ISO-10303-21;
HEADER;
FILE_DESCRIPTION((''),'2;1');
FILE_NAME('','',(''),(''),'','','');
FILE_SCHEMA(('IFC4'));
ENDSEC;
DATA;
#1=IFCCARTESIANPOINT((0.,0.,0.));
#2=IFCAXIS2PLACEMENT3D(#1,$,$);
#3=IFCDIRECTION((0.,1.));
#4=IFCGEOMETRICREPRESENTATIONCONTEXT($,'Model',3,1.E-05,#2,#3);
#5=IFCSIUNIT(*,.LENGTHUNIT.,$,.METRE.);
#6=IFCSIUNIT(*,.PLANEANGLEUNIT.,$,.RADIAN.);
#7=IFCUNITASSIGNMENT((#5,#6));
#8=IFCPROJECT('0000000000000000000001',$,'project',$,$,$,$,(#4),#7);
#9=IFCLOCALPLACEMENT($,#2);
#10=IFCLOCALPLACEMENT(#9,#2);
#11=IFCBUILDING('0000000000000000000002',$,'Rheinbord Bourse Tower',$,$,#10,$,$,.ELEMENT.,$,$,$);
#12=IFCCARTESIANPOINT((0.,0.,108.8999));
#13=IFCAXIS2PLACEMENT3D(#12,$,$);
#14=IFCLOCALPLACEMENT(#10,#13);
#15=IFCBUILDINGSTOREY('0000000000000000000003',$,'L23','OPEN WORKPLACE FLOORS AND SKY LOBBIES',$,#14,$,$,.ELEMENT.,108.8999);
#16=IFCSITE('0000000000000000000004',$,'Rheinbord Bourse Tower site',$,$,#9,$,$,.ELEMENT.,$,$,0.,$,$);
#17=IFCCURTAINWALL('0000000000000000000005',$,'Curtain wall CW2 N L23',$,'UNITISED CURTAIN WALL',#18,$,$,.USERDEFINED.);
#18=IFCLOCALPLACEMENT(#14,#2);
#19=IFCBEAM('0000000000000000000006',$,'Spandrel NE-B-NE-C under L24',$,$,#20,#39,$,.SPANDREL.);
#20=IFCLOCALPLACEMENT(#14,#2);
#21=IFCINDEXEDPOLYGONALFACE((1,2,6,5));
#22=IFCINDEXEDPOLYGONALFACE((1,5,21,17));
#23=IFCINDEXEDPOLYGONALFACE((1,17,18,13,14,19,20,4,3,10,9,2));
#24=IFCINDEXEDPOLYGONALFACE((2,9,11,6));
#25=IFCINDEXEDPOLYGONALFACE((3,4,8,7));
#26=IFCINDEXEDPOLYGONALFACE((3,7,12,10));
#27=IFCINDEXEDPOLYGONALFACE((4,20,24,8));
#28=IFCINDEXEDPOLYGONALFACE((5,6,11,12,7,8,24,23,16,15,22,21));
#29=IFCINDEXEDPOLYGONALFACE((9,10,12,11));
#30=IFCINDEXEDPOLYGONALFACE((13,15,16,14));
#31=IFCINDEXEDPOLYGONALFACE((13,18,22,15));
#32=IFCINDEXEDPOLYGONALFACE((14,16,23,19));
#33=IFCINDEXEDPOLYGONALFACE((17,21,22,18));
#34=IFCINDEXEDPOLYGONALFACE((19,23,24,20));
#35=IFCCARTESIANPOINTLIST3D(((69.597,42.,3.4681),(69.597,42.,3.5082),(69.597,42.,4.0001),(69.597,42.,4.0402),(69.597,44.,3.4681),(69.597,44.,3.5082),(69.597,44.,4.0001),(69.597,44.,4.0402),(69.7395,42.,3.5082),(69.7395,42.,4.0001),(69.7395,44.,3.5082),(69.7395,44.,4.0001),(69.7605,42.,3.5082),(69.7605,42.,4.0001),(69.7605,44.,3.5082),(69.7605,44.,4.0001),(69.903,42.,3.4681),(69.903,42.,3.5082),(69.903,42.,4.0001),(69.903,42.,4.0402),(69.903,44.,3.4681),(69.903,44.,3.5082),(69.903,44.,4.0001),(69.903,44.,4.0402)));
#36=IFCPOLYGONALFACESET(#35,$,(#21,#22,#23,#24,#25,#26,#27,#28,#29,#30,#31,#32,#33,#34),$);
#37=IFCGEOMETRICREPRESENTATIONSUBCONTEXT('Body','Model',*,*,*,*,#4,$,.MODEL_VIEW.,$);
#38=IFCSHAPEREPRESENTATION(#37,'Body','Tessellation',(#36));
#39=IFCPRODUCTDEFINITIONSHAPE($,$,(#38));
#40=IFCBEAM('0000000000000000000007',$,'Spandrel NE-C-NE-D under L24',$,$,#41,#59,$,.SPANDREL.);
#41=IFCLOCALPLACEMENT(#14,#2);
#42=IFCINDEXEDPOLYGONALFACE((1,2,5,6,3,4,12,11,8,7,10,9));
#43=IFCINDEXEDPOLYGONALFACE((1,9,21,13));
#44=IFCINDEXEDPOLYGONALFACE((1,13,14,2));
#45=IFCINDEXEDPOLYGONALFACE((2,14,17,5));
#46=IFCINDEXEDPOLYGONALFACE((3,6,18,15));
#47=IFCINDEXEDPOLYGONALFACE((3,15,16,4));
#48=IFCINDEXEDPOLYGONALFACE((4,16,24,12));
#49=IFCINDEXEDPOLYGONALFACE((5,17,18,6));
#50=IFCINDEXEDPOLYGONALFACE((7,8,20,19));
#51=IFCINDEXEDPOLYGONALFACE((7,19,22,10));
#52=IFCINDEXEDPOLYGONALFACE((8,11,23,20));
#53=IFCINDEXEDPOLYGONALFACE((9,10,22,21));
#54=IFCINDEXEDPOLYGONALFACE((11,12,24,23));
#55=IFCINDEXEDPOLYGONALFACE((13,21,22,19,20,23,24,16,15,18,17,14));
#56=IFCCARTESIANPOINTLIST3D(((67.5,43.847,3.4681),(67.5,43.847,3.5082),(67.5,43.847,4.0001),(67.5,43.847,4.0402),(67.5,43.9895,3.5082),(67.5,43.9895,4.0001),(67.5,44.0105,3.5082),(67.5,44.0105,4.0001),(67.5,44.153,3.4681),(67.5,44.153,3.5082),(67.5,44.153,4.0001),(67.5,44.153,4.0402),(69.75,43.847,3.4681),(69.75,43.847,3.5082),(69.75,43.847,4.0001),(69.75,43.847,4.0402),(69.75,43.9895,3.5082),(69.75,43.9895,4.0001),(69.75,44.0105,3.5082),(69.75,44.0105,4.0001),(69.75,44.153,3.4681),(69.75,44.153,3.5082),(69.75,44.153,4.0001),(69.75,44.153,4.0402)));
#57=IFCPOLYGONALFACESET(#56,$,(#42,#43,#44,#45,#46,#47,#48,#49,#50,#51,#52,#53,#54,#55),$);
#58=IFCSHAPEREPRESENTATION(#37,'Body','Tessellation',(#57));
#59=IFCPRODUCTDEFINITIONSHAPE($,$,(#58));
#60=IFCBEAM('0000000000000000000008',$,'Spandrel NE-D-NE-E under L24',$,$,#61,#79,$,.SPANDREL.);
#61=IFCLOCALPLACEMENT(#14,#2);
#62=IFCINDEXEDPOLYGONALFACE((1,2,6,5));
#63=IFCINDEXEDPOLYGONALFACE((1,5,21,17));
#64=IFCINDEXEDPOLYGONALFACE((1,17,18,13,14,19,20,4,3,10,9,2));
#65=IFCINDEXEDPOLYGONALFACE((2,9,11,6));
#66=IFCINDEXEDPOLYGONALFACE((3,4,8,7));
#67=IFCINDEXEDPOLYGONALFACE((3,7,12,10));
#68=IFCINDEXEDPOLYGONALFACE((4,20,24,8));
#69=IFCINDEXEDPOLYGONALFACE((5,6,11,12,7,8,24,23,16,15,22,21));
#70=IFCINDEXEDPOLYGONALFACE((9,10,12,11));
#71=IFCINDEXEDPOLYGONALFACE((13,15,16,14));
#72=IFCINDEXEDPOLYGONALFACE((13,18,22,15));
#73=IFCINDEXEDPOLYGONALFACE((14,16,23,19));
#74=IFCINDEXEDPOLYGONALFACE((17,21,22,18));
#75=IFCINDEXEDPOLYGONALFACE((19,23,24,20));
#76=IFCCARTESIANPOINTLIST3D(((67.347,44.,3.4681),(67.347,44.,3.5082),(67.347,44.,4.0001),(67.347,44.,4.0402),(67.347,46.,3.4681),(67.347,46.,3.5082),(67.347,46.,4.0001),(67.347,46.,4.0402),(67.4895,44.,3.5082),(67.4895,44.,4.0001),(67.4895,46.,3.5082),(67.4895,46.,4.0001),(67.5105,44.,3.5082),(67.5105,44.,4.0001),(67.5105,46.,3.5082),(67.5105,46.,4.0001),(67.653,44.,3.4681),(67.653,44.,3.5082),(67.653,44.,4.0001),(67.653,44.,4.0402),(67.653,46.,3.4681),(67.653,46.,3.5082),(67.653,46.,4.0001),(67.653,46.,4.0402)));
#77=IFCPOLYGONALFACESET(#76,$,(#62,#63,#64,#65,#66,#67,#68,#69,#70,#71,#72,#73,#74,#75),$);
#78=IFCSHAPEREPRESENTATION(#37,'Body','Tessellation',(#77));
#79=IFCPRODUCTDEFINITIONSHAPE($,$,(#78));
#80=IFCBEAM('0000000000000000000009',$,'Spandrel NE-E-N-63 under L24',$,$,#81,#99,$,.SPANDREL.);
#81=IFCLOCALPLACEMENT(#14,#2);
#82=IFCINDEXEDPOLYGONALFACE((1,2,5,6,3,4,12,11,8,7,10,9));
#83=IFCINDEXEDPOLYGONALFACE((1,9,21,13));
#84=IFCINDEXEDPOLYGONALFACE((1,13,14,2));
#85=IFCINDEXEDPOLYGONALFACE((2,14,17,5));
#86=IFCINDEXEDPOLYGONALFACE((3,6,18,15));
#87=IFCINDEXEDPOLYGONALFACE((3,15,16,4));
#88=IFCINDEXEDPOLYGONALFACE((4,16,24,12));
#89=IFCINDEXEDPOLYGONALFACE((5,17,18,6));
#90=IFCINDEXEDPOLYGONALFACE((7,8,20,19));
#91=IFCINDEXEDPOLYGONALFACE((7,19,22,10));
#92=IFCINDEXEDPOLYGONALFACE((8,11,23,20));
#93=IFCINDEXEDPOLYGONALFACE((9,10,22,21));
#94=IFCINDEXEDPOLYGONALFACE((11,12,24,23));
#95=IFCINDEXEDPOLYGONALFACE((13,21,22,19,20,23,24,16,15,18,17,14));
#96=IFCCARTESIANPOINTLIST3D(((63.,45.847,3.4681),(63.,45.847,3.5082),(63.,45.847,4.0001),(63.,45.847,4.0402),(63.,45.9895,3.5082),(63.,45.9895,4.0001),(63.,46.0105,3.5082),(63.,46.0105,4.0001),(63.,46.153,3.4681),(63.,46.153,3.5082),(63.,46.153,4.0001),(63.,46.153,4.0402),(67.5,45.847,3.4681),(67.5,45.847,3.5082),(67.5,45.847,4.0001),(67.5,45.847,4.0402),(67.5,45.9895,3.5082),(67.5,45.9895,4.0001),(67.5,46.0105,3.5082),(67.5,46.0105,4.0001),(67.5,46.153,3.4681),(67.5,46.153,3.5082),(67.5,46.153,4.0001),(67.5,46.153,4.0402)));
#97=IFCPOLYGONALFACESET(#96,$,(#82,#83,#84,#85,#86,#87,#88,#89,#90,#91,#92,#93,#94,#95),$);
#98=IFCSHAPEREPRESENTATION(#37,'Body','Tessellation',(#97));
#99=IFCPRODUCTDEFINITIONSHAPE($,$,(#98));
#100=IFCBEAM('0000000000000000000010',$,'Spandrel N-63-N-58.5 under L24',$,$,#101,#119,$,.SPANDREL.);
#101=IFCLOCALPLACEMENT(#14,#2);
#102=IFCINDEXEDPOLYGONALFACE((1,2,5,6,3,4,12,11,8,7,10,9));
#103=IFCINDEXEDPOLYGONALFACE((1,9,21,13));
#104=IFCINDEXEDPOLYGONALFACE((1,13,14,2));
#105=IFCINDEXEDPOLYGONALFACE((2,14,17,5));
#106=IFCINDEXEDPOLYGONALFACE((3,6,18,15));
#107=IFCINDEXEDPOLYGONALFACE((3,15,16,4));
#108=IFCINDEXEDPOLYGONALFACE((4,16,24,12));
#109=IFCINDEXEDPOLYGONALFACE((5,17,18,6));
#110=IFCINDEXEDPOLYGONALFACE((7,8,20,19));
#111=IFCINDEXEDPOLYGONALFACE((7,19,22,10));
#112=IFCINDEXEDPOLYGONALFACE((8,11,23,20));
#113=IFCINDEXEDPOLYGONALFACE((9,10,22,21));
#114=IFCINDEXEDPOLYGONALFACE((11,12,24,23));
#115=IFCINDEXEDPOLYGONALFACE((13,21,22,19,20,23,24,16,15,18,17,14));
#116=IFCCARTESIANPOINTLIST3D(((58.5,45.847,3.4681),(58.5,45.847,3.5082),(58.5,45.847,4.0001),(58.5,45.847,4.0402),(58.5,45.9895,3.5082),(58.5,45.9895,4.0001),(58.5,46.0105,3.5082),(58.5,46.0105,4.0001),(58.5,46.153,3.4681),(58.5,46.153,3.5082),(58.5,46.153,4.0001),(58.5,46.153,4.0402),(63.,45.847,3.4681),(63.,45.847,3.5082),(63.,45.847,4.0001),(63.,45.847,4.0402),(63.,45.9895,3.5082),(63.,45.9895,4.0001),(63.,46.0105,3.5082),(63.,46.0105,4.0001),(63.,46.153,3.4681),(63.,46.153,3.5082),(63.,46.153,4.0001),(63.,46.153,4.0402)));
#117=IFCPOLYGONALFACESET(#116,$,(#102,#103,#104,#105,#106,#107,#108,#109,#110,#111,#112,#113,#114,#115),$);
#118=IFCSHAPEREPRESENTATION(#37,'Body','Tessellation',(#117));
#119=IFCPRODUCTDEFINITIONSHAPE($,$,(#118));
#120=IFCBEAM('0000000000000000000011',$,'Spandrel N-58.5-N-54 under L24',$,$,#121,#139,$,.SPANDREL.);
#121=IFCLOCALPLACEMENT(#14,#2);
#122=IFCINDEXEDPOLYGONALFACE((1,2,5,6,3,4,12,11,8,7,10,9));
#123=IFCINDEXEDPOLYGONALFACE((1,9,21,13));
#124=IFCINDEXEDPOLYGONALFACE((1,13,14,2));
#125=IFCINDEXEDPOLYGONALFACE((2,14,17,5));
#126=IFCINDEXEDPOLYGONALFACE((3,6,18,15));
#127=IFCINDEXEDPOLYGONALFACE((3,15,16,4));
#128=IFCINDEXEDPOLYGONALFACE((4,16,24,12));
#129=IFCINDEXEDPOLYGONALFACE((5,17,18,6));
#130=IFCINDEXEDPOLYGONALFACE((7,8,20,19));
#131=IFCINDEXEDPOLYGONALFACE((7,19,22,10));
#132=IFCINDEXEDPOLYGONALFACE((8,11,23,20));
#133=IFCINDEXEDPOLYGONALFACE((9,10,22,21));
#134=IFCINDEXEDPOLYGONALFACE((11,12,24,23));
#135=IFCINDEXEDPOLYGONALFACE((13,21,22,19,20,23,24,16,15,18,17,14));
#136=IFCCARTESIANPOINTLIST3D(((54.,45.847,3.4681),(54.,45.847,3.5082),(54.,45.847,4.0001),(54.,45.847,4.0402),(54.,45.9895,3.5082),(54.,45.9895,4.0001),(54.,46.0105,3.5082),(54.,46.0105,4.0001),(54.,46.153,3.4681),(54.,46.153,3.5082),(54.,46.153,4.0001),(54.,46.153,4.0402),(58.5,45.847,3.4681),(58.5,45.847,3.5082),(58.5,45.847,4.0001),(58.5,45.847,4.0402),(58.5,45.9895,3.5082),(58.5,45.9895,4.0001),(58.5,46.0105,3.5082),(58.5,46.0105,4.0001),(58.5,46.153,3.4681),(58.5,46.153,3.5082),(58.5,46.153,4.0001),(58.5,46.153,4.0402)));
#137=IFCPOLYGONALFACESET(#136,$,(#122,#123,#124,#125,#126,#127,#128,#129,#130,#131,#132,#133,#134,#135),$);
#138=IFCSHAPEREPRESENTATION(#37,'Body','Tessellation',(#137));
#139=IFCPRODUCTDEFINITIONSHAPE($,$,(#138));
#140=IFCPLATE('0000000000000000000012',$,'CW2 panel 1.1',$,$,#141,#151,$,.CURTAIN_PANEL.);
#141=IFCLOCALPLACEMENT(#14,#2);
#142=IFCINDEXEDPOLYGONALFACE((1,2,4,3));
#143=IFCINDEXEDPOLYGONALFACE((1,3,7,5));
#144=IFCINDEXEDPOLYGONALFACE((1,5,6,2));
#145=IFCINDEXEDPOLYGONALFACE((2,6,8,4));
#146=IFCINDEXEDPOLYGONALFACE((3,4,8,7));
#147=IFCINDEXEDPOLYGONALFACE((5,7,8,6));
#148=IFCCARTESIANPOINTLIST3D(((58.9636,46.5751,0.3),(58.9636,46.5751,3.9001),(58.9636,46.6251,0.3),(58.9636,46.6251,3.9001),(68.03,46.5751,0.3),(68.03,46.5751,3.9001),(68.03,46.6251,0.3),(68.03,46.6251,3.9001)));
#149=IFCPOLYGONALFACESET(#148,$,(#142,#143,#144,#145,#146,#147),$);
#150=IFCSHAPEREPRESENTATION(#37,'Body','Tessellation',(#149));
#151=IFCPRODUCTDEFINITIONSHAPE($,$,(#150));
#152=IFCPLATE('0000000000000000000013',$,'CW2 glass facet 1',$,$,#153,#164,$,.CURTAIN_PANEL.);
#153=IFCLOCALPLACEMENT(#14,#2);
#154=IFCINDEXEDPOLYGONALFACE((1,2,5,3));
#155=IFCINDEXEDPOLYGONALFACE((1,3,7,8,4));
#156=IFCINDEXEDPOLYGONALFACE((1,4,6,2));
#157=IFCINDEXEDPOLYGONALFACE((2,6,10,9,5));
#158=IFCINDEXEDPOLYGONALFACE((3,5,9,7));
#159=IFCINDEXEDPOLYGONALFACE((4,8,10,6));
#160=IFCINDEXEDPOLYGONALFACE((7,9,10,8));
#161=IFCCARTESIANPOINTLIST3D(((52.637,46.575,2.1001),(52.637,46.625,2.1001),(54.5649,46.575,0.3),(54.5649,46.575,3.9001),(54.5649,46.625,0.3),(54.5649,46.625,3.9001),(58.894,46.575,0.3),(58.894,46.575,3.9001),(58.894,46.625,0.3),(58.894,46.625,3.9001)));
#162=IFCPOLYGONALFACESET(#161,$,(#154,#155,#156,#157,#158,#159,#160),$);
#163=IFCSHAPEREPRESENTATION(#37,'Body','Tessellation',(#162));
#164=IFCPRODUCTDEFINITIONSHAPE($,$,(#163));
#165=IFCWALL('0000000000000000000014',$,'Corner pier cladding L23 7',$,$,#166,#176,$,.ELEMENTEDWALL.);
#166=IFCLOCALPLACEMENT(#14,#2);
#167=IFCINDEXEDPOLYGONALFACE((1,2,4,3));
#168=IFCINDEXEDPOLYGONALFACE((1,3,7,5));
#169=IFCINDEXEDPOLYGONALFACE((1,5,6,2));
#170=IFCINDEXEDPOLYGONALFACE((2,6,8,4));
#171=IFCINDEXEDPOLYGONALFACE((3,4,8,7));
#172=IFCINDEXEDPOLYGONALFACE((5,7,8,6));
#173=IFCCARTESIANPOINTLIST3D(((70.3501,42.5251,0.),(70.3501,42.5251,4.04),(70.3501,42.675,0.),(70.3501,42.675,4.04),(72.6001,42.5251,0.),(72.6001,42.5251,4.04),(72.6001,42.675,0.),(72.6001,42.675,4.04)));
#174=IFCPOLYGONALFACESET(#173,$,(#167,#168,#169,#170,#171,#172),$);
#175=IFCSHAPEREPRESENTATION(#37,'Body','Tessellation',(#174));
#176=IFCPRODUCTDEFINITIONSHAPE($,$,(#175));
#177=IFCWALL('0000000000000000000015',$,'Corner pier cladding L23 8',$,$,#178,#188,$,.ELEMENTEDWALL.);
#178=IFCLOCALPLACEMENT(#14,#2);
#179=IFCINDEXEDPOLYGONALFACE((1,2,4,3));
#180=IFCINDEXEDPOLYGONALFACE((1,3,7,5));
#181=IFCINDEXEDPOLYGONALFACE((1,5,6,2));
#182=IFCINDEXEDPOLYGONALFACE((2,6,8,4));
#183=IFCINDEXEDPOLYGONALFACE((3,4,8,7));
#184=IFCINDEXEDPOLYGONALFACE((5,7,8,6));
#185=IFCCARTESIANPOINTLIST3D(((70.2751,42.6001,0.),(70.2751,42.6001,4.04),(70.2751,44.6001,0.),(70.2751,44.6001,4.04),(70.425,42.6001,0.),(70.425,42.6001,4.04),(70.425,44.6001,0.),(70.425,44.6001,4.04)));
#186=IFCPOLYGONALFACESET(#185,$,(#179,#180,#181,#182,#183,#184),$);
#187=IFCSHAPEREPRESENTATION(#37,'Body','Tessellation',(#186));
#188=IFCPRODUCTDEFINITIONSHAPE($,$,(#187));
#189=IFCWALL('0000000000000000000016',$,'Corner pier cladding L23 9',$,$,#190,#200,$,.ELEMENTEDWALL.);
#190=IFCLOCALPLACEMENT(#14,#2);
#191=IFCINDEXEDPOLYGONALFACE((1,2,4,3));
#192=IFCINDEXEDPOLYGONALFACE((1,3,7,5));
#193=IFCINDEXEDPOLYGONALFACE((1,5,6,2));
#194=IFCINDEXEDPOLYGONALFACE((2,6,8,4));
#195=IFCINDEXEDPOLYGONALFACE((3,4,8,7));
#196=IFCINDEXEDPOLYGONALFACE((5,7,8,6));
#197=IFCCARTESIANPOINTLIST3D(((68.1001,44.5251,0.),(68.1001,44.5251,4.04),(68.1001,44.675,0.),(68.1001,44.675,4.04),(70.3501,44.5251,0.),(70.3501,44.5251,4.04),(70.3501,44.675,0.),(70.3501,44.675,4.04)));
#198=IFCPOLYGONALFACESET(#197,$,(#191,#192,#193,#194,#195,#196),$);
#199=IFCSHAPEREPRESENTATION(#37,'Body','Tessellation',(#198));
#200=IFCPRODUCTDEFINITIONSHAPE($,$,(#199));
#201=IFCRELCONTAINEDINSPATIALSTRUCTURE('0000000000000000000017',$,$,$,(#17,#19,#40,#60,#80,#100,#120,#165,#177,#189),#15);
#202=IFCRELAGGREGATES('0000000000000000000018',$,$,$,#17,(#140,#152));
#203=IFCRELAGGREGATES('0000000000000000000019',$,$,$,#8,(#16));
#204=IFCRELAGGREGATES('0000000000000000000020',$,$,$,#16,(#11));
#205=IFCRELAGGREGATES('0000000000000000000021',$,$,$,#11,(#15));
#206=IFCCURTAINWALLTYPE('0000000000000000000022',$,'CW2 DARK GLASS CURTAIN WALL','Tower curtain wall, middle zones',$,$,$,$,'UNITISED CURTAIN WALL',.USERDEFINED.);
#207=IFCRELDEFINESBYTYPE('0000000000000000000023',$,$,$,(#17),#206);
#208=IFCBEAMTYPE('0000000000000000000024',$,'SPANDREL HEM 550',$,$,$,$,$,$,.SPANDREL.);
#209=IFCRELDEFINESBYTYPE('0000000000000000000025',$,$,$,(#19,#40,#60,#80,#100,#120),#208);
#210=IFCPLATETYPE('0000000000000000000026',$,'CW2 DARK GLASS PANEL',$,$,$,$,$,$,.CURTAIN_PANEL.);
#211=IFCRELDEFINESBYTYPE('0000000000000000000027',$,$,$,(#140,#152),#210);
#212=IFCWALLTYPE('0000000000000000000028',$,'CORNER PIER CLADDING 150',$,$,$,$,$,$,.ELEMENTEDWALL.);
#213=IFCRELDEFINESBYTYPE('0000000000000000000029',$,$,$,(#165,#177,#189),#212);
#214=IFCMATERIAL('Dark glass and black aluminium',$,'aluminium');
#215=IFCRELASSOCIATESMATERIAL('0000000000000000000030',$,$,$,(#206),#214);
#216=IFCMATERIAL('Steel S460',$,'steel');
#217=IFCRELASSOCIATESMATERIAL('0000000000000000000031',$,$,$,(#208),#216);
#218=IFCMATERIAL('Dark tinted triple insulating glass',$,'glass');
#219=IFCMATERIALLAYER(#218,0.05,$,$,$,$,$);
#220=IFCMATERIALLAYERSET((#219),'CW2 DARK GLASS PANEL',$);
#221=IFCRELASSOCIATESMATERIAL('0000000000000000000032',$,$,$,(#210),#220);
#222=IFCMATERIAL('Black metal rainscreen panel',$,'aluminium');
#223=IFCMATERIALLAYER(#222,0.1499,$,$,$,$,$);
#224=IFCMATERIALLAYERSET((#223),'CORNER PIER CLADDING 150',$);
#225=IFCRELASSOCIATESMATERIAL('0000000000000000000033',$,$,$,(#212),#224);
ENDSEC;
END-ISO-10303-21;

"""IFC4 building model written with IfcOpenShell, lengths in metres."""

from ifc_helpers import new_model, si_unit, direction, frame, frame_2d, origin, origin_2d, place, context, subcontext, project, spatial, polyline, rectangle, i_section, outline, extrude, material, layer, layer_set, material_profile, profile_set, type_object, element, aggregate, save


model = new_model("IFC4")

# Units and contexts
model_context = context("Model", 3, precision=1e-05, world=origin(), true_north=direction((0.0, 1.0)))
body_context = subcontext(model_context, "Body", "Model", "MODEL_VIEW")
ifc_project = project(units=[si_unit("LENGTHUNIT", "METRE"), si_unit("PLANEANGLEUNIT", "RADIAN")], contexts=[model_context])

# Site, building, storey
site_placement = place(None, origin())
site = spatial("IfcSite", under=ifc_project, at=site_placement, Name="Rheinbord Bourse Tower site", CompositionType="ELEMENT", RefElevation=0.0)
building_placement = place(site_placement, origin())
building = spatial("IfcBuilding", under=site, at=building_placement, Name="Rheinbord Bourse Tower", CompositionType="ELEMENT")
storey_placement = place(building_placement, frame((0.0, 0.0, 108.8999)))
storey = spatial("IfcBuildingStorey", under=building, at=storey_placement, Name="L23", Description="OPEN WORKPLACE FLOORS AND SKY LOBBIES", CompositionType="ELEMENT", Elevation=108.8999)

# Curtain wall
ifc_material_1 = material(Name="Dark glass and black aluminium", Category="aluminium")
curtain_wall_type = type_object("IfcCurtainWallType", Name="CW2 DARK GLASS CURTAIN WALL", Description="Tower curtain wall, middle zones", ElementType="UNITISED CURTAIN WALL", PredefinedType="USERDEFINED", material=ifc_material_1)
curtain_wall_1_placement = place(storey_placement, origin())
curtain_wall_1 = element("IfcCurtainWall", 1, at=curtain_wall_1_placement, inside=storey, type_object=curtain_wall_type, Name="Curtain wall CW2 N L23", ObjectType="UNITISED CURTAIN WALL", PredefinedType="USERDEFINED")

# Beams
ifc_material_2 = material(Name="Steel S460", Category="steel")
ifc_material_profile_1 = material_profile(ifc_material_2, i_section(OverallWidth=0.3059, OverallDepth=0.572, WebThickness=0.021, FlangeThickness=0.04, at=origin_2d()), Name="HEM 550")
ifc_profile_set_1 = profile_set([ifc_material_profile_1], Name="Steel S460")
beam_type_1 = type_object("IfcBeamType", Name="SPANDREL HEM 550", PredefinedType="SPANDREL", material=ifc_profile_set_1)
beam_1_placement = place(storey_placement, frame((69.75, 42.0, 3.7542), z_axis=(0.0, 1.0, 0.0), x_axis=(-1.0, 0.0, 0.0)))
element("IfcBeam", 2, at=beam_1_placement, inside=storey, type_object=beam_type_1, Name="Spandrel NE-B-NE-C under L24", PredefinedType="SPANDREL", context=body_context, shape_type="SweptSolid", body=[
    extrude(i_section(OverallWidth=0.3059, OverallDepth=0.572, WebThickness=0.021, FlangeThickness=0.04, at=origin_2d()), origin(), (0.0, 0.0, 1.0), 2.0),
])
beam_2_placement = place(storey_placement, frame((69.75, 44.0, 3.7542), z_axis=(-1.0, 0.0, 0.0), x_axis=(0.0, -1.0, 0.0)))
element("IfcBeam", 3, at=beam_2_placement, inside=storey, type_object=beam_type_1, Name="Spandrel NE-C-NE-D under L24", PredefinedType="SPANDREL", context=body_context, shape_type="SweptSolid", body=[
    extrude(i_section(OverallWidth=0.3059, OverallDepth=0.572, WebThickness=0.021, FlangeThickness=0.04, at=origin_2d()), origin(), (0.0, 0.0, 1.0), 2.25),
])
beam_3_placement = place(storey_placement, frame((67.5, 44.0, 3.7542), z_axis=(0.0, 1.0, 0.0), x_axis=(-1.0, 0.0, 0.0)))
element("IfcBeam", 4, at=beam_3_placement, inside=storey, type_object=beam_type_1, Name="Spandrel NE-D-NE-E under L24", PredefinedType="SPANDREL", context=body_context, shape_type="SweptSolid", body=[
    extrude(i_section(OverallWidth=0.3059, OverallDepth=0.572, WebThickness=0.021, FlangeThickness=0.04, at=origin_2d()), origin(), (0.0, 0.0, 1.0), 2.0),
])
for number, where, z_axis, x_axis, name in (
    (5, (67.5, 46.0, 3.7542), (-1.0, 0.0, 0.0), (0.0, -1.0, 0.0), "Spandrel NE-E-N-63 under L24"),
    (6, (63.0, 46.0, 3.7542), (-1.0, 0.0, 0.0), (0.0, -1.0, 0.0), "Spandrel N-63-N-58.5 under L24"),
    (7, (58.5, 46.0, 3.7542), (-1.0, 0.0, 0.0), (0.0, -1.0, 0.0), "Spandrel N-58.5-N-54 under L24"),
):
    element("IfcBeam", number, at=place(storey_placement, frame(where, z_axis=z_axis, x_axis=x_axis)), inside=storey, type_object=beam_type_1, Name=name, PredefinedType="SPANDREL", context=body_context, shape_type="SweptSolid", body=[
        extrude(i_section(OverallWidth=0.3059, OverallDepth=0.572, WebThickness=0.021, FlangeThickness=0.04, at=origin_2d()), origin(), (0.0, 0.0, 1.0), 4.5),
    ])

# Plates
ifc_material_3 = material(Name="Dark tinted triple insulating glass", Category="glass")
ifc_layer_1 = layer(ifc_material_3, 0.05)
ifc_layer_set_1 = layer_set([ifc_layer_1], Name="CW2 DARK GLASS PANEL")
plate_type = type_object("IfcPlateType", Name="CW2 DARK GLASS PANEL", PredefinedType="CURTAIN_PANEL", material=ifc_layer_set_1)
plate_1_placement = place(storey_placement, frame((63.4968, 46.6001, 0.3), z_axis=(0.0, 0.0, 1.0), x_axis=(-1.0, 0.0, 0.0)))
plate_1 = element("IfcPlate", 8, at=plate_1_placement, type_object=plate_type, Name="CW2 panel 1.1", PredefinedType="CURTAIN_PANEL", context=body_context, shape_type="SweptSolid", body=[
    extrude(rectangle(XDim=9.0664, YDim=0.05, at=origin_2d()), origin(), (0.0, 0.0, 1.0), 3.6001),
])
plate_2_placement = place(storey_placement, frame((58.894, 46.625, 0.3), z_axis=(0.0, -1.0, 0.0), x_axis=(0.0, 0.0, 1.0)))
plate_2 = element("IfcPlate", 9, at=plate_2_placement, type_object=plate_type, Name="CW2 glass facet 1", PredefinedType="CURTAIN_PANEL", context=body_context, shape_type="SweptSolid", body=[
    extrude(outline(polyline([(0.0, 0.0), (3.6001, 0.0), (3.6001, 4.3291), (1.8, 6.2571), (0.0, 4.3291), (0.0, 0.0)])), origin(), (0.0, 0.0, 1.0), 0.05),
])
aggregate(curtain_wall_1, [plate_1, plate_2])

# Walls
ifc_material_4 = material(Name="Black metal rainscreen panel", Category="aluminium")
ifc_layer_2 = layer(ifc_material_4, 0.1499)
ifc_layer_set_2 = layer_set([ifc_layer_2], Name="CORNER PIER CLADDING 150")
wall_type = type_object("IfcWallType", Name="CORNER PIER CLADDING 150", PredefinedType="ELEMENTEDWALL", material=ifc_layer_set_2)
wall_1_placement = place(storey_placement, frame((72.6001, 42.6001, 0.0), z_axis=(0.0, 0.0, 1.0), x_axis=(-1.0, 0.0, 0.0)))
element("IfcWall", 10, at=wall_1_placement, inside=storey, type_object=wall_type, Name="Corner pier cladding L23 7", PredefinedType="ELEMENTEDWALL", context=body_context, shape_type="SweptSolid", body=[
    extrude(rectangle(XDim=2.25, YDim=0.1499, at=frame_2d((1.125, 0.0))), origin(), (0.0, 0.0, 1.0), 4.04),
])
wall_2_placement = place(storey_placement, frame((70.3501, 42.6001, 0.0), z_axis=(0.0, 0.0, 1.0), x_axis=(0.0, 1.0, 0.0)))
element("IfcWall", 11, at=wall_2_placement, inside=storey, type_object=wall_type, Name="Corner pier cladding L23 8", PredefinedType="ELEMENTEDWALL", context=body_context, shape_type="SweptSolid", body=[
    extrude(rectangle(XDim=2.0, YDim=0.1499, at=frame_2d((1.0, 0.0))), origin(), (0.0, 0.0, 1.0), 4.04),
])
wall_3_placement = place(storey_placement, frame((70.3501, 44.6001, 0.0), z_axis=(0.0, 0.0, 1.0), x_axis=(-1.0, 0.0, 0.0)))
element("IfcWall", 12, at=wall_3_placement, inside=storey, type_object=wall_type, Name="Corner pier cladding L23 9", PredefinedType="ELEMENTEDWALL", context=body_context, shape_type="SweptSolid", body=[
    extrude(rectangle(XDim=2.25, YDim=0.1499, at=frame_2d((1.125, 0.0))), origin(), (0.0, 0.0, 1.0), 4.04),
])

save(model, "model.ifc")
